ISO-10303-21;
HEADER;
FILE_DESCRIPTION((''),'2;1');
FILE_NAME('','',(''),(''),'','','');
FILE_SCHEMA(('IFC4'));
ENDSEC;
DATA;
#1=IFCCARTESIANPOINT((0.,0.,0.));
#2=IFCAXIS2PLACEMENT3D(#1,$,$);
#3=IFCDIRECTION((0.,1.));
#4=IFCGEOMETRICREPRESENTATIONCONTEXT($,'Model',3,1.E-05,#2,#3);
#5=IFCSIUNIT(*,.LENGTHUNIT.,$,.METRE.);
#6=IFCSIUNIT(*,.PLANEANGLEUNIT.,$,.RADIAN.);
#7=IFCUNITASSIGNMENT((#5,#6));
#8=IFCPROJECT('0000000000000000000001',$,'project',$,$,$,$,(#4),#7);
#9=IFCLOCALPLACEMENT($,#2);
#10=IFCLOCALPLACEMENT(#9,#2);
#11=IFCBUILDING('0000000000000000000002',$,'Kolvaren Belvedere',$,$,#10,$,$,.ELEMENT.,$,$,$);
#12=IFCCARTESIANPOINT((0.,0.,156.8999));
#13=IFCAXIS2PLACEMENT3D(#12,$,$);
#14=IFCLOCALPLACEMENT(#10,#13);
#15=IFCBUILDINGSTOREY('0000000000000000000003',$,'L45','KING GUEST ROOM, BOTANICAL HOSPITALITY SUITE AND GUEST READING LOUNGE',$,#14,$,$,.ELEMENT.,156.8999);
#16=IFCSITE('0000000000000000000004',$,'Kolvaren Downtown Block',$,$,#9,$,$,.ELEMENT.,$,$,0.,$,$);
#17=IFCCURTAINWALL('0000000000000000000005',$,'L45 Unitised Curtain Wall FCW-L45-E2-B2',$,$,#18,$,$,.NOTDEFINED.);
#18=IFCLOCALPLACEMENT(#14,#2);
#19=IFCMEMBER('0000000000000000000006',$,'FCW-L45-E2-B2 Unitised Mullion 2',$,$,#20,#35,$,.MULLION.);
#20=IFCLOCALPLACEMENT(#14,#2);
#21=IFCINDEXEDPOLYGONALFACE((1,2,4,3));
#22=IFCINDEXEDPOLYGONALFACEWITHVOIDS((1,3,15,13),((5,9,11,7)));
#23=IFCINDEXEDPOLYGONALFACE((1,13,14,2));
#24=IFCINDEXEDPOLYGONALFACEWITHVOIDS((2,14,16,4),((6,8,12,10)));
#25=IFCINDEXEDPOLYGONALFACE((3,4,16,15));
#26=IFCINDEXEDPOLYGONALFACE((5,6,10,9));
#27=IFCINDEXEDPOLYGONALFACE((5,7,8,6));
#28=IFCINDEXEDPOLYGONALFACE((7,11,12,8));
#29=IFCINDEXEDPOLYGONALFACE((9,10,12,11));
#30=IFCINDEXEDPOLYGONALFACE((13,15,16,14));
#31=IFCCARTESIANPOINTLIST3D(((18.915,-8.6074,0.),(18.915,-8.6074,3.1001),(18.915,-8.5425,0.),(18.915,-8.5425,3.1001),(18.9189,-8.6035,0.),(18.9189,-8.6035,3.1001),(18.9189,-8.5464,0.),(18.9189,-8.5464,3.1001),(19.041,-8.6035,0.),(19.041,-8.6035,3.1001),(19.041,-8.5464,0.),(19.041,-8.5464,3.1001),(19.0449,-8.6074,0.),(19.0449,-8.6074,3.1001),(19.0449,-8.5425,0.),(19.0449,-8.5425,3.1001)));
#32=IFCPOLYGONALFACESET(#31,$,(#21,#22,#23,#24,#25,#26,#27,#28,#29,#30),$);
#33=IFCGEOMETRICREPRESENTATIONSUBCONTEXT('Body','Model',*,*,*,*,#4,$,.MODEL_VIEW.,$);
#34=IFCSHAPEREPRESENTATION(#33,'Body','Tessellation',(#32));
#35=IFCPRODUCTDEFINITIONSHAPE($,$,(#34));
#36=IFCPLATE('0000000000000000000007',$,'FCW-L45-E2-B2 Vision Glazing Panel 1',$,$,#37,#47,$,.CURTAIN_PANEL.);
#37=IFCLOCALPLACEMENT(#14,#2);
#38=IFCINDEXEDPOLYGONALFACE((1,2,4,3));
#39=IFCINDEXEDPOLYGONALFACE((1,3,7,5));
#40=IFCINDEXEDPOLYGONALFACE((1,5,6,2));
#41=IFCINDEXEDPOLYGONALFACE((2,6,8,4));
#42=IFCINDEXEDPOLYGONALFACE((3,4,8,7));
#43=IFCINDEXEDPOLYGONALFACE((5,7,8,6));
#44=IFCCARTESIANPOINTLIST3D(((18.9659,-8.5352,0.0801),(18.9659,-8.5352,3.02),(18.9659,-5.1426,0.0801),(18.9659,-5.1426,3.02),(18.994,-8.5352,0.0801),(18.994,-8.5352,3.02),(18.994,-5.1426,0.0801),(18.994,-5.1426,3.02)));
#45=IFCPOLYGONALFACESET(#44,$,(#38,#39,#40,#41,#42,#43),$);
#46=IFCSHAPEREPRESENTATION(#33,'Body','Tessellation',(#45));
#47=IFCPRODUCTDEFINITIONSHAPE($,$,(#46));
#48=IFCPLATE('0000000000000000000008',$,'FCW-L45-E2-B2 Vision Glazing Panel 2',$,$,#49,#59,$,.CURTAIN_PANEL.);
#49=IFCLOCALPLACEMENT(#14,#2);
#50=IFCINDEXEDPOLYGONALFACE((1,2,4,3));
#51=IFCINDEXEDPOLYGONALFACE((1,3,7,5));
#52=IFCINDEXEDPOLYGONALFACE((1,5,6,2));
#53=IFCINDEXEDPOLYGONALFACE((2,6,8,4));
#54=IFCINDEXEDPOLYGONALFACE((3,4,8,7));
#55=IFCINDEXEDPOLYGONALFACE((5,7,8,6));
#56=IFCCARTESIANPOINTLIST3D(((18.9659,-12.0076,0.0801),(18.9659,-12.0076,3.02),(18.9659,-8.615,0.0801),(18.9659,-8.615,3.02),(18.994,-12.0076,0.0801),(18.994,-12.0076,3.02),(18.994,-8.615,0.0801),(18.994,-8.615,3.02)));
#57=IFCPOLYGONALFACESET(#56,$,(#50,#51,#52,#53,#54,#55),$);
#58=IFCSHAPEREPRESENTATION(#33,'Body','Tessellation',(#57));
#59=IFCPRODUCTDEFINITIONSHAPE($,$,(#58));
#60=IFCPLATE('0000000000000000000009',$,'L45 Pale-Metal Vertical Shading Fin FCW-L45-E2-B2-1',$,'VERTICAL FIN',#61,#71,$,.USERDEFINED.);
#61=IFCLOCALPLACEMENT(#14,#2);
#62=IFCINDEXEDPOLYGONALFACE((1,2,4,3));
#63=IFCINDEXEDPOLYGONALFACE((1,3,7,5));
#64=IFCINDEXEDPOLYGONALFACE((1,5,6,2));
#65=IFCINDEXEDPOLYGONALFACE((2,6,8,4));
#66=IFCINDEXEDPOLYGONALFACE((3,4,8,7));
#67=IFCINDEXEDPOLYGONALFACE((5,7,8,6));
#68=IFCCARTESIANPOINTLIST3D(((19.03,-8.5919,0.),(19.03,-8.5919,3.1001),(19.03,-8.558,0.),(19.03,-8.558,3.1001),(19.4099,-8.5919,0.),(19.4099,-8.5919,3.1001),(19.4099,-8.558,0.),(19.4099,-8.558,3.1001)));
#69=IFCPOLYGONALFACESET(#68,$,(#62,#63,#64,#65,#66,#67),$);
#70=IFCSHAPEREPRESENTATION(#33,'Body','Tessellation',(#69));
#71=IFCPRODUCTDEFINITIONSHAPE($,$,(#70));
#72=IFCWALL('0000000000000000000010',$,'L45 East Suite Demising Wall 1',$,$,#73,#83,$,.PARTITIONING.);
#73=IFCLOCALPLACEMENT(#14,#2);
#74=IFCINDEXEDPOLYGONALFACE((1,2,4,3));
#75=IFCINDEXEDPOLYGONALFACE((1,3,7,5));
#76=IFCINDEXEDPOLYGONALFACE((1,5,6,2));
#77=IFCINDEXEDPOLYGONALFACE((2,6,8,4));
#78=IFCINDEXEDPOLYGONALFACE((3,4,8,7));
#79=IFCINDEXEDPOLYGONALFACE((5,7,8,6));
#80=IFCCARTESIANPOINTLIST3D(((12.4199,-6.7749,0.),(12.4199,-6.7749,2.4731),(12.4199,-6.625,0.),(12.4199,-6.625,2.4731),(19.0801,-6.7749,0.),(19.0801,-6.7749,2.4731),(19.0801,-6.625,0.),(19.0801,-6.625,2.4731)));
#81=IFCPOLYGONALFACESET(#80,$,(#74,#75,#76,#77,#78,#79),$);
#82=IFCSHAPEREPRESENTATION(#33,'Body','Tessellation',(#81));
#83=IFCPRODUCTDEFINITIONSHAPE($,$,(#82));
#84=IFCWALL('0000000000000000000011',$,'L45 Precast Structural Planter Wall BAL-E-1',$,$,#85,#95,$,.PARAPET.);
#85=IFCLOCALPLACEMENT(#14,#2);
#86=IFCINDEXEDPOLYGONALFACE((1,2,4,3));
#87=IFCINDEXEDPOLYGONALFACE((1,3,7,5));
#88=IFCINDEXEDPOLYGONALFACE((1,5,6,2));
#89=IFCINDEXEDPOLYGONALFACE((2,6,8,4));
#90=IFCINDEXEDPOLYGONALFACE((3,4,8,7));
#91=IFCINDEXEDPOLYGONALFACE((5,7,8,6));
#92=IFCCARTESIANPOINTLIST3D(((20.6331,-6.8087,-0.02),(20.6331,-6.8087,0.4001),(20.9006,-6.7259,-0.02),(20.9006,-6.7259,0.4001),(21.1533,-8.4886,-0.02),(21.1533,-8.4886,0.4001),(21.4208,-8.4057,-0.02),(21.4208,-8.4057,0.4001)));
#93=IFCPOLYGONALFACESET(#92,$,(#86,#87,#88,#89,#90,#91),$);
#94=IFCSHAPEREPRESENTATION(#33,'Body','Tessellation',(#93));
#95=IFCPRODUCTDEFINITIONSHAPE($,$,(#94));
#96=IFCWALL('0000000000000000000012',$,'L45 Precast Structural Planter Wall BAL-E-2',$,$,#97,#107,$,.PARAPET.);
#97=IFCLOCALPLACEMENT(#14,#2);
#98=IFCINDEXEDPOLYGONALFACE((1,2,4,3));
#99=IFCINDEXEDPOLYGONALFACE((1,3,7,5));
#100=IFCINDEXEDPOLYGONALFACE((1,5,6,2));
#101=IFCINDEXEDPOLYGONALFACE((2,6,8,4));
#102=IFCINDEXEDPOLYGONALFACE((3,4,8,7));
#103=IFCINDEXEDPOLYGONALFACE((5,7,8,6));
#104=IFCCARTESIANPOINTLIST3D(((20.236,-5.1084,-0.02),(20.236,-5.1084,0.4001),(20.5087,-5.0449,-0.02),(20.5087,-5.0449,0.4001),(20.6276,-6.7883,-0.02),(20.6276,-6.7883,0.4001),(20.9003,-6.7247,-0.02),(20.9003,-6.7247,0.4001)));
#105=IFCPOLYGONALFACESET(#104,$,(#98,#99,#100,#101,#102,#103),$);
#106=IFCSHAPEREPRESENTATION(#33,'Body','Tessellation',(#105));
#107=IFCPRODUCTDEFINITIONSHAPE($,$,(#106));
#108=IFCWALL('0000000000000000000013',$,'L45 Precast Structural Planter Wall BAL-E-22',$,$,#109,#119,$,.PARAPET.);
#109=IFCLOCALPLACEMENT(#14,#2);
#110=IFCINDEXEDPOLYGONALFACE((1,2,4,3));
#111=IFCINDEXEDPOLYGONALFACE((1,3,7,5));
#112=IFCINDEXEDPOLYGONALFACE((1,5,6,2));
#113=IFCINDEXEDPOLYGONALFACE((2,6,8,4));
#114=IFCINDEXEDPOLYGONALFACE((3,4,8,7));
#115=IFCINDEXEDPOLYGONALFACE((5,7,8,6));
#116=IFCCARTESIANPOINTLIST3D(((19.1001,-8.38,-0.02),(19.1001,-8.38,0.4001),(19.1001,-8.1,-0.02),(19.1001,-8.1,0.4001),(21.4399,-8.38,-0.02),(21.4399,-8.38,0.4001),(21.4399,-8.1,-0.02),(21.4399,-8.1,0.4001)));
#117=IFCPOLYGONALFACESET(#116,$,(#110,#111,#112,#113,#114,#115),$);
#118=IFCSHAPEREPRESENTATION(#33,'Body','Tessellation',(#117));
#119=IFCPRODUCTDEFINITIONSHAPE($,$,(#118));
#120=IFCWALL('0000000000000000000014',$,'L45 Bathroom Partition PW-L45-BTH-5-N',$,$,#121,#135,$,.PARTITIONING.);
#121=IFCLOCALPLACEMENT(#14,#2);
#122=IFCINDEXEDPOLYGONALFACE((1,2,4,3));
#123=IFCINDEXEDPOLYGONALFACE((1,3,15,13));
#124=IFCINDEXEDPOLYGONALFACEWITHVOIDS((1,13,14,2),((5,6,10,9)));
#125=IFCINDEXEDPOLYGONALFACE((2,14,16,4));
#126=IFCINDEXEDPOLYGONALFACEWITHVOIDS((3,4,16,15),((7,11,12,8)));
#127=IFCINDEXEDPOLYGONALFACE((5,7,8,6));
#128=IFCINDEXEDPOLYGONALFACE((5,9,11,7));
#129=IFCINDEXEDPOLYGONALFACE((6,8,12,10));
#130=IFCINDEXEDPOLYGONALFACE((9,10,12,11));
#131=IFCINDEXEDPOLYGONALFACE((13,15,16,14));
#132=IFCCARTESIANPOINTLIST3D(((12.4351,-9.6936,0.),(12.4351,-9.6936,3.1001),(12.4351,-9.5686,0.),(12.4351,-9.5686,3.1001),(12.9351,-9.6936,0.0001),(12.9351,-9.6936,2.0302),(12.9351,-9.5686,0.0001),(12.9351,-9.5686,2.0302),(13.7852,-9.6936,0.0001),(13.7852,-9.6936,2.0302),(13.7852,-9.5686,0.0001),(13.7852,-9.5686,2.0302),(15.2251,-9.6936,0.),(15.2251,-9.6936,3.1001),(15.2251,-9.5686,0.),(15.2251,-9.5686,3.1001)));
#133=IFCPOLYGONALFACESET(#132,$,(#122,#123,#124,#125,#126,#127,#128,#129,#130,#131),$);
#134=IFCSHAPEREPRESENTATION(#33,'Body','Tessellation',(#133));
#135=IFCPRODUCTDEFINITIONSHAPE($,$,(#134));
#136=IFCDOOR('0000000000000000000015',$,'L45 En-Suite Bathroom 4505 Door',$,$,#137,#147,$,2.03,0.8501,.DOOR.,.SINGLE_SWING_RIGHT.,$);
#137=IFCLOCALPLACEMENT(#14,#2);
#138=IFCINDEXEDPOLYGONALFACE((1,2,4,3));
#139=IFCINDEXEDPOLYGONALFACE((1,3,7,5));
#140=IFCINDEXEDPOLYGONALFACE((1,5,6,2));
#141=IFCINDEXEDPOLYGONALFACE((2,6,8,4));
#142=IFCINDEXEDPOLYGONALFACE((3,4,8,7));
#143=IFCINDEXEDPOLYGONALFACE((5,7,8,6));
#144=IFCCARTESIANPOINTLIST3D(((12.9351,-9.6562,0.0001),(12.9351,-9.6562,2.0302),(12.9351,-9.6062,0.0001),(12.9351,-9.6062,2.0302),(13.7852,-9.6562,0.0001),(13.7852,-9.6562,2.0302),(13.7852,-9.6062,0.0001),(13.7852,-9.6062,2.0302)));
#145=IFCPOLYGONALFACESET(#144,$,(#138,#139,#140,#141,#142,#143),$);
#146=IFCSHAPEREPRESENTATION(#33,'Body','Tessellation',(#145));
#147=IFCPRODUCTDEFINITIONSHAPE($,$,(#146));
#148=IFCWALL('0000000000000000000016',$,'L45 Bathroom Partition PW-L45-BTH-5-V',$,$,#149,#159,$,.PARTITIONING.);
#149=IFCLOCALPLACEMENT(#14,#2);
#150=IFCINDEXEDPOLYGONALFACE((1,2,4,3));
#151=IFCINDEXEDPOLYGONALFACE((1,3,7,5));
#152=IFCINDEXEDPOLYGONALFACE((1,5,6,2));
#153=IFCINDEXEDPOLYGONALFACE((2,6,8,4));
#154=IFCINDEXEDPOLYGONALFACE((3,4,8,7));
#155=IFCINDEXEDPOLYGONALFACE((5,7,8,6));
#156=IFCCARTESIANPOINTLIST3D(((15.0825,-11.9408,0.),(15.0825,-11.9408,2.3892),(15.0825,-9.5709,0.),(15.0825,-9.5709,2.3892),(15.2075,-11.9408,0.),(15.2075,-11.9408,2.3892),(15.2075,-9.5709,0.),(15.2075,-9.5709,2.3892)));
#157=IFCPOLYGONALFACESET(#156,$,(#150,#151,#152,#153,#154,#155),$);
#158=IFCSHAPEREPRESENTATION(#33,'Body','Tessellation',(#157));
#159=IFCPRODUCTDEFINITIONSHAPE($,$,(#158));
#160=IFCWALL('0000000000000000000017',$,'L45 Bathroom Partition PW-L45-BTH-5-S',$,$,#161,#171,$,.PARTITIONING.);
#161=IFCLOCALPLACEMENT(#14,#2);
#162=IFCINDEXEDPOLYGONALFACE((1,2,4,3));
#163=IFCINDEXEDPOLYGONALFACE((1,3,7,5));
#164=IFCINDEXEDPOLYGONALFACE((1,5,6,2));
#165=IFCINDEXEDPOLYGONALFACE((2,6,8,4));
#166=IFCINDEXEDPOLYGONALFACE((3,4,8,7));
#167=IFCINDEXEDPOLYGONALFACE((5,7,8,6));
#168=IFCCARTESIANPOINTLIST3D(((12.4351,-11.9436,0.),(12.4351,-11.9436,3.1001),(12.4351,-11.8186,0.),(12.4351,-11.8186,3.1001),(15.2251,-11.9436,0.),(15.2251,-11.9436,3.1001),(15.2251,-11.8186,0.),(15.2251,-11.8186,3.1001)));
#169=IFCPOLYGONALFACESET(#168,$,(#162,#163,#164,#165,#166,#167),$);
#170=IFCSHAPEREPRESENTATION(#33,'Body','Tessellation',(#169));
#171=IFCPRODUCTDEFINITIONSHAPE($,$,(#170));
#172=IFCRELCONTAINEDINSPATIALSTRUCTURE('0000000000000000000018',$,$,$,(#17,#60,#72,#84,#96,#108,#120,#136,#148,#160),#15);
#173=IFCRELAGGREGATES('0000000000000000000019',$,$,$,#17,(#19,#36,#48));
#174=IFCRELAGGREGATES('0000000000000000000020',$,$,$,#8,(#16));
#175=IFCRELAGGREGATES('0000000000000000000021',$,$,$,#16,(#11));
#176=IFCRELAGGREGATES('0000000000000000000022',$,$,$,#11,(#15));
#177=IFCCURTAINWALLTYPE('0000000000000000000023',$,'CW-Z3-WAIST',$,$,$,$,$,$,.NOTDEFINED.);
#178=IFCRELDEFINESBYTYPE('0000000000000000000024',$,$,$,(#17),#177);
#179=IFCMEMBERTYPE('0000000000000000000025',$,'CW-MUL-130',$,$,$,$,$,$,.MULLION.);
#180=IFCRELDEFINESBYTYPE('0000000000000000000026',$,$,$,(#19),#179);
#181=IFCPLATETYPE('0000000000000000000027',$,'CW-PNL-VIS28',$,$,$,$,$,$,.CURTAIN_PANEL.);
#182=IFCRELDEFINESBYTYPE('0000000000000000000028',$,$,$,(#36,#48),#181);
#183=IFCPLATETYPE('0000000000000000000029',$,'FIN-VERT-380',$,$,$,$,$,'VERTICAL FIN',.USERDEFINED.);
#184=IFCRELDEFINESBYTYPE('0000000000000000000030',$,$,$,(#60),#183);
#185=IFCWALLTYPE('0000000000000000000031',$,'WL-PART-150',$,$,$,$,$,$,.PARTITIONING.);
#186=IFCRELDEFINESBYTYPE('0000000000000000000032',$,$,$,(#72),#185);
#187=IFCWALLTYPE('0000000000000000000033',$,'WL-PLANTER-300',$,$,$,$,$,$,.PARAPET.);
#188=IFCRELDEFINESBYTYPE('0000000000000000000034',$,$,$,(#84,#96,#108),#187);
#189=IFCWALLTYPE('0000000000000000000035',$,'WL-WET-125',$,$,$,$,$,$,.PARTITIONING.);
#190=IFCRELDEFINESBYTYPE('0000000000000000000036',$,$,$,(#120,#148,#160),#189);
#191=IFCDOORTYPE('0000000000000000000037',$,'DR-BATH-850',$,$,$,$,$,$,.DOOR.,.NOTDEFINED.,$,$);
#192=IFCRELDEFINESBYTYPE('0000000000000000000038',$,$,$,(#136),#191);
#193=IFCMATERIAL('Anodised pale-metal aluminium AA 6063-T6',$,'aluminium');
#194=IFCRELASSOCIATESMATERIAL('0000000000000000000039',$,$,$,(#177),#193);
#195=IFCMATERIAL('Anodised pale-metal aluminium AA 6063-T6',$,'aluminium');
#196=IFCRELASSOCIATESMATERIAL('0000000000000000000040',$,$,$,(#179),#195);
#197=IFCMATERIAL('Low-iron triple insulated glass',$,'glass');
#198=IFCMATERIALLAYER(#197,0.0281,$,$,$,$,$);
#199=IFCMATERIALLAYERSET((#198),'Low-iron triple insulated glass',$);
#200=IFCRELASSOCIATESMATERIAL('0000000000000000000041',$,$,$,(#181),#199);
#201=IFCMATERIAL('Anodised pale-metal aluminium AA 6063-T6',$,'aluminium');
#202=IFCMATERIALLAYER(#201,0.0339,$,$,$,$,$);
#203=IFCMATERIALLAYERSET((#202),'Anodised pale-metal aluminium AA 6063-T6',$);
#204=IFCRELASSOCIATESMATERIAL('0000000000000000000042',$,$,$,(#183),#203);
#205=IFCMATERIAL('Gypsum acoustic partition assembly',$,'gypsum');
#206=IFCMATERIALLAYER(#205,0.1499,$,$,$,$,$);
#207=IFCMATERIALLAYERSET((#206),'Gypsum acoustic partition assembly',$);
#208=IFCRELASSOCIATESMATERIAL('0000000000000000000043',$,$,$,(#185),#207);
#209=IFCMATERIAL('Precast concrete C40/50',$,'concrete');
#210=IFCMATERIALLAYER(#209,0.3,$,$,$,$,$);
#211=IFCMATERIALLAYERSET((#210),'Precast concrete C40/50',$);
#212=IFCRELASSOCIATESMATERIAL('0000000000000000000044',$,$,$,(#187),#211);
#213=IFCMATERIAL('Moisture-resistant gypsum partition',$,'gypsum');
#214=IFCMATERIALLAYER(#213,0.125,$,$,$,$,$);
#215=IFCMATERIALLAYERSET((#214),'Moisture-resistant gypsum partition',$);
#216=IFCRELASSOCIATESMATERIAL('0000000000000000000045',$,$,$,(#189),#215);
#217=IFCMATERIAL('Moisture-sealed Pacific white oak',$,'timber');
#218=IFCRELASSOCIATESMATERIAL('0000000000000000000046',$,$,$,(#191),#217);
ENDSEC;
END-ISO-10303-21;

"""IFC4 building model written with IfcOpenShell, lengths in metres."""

from ifc_helpers import new_model, si_unit, direction, frame, frame_2d, origin, origin_2d, place, context, subcontext, project, spatial, rectangle, hollow_rectangle, extrude, material, layer, layer_set, material_profile, profile_set, type_object, element, fill, aggregate, save


model = new_model("IFC4")

# Units and contexts
model_context = context("Model", 3, precision=1e-05, world=origin(), true_north=direction((0.0, 1.0)))
body_context = subcontext(model_context, "Body", "Model", "MODEL_VIEW")
ifc_project = project(units=[si_unit("LENGTHUNIT", "METRE"), si_unit("PLANEANGLEUNIT", "RADIAN")], contexts=[model_context])

# Site, building, storey
site_placement = place(None, origin())
site = spatial("IfcSite", under=ifc_project, at=site_placement, Name="Kolvaren Downtown Block", CompositionType="ELEMENT", RefElevation=0.0)
building_placement = place(site_placement, origin())
building = spatial("IfcBuilding", under=site, at=building_placement, Name="Kolvaren Belvedere", CompositionType="ELEMENT")
storey_placement = place(building_placement, frame((0.0, 0.0, 156.8999)))
storey = spatial("IfcBuildingStorey", under=building, at=storey_placement, Name="L45", Description="KING GUEST ROOM, BOTANICAL HOSPITALITY SUITE AND GUEST READING LOUNGE", CompositionType="ELEMENT", Elevation=156.8999)

# Curtain wall, member, plates
ifc_material_1 = material(Name="Anodised pale-metal aluminium AA 6063-T6", Category="aluminium")
curtain_wall_type = type_object("IfcCurtainWallType", Name="CW-Z3-WAIST", PredefinedType="NOTDEFINED", material=ifc_material_1)
curtain_wall_placement = place(storey_placement, origin())
curtain_wall = element("IfcCurtainWall", 1, at=curtain_wall_placement, inside=storey, type_object=curtain_wall_type, Name="L45 Unitised Curtain Wall FCW-L45-E2-B2", PredefinedType="NOTDEFINED")
ifc_material_2 = material(Name="Anodised pale-metal aluminium AA 6063-T6", Category="aluminium")
ifc_material_profile = material_profile(ifc_material_2, hollow_rectangle(XDim=0.0649, YDim=0.1299, WallThickness=0.0039, at=origin_2d()), Name="ALU-MUL-130X65")
ifc_profile_set = profile_set([ifc_material_profile], Name="Anodised pale-metal aluminium AA 6063-T6")
member_type = type_object("IfcMemberType", Name="CW-MUL-130", PredefinedType="MULLION", material=ifc_profile_set)
member_placement = place(storey_placement, frame((18.98, -8.575, 0.0), z_axis=(0.0, 0.0, 1.0), x_axis=(0.0, 1.0, 0.0)))
member = element("IfcMember", 2, at=member_placement, type_object=member_type, Name="FCW-L45-E2-B2 Unitised Mullion 2", PredefinedType="MULLION", context=body_context, shape_type="SweptSolid", body=[
    extrude(hollow_rectangle(XDim=0.0649, YDim=0.1299, WallThickness=0.0039, at=origin_2d()), origin(), (0.0, 0.0, 1.0), 3.1001),
])
ifc_material_3 = material(Name="Low-iron triple insulated glass", Category="glass")
ifc_layer_1 = layer(ifc_material_3, 0.0281)
ifc_layer_set_1 = layer_set([ifc_layer_1], Name="Low-iron triple insulated glass")
plate_type_1 = type_object("IfcPlateType", Name="CW-PNL-VIS28", PredefinedType="CURTAIN_PANEL", material=ifc_layer_set_1)
plate_1_placement = place(storey_placement, frame((18.98, -6.8389, 0.0801), z_axis=(0.0, 0.0, 1.0), x_axis=(0.0, -1.0, 0.0)))
plate_1 = element("IfcPlate", 3, at=plate_1_placement, type_object=plate_type_1, Name="FCW-L45-E2-B2 Vision Glazing Panel 1", PredefinedType="CURTAIN_PANEL", context=body_context, shape_type="SweptSolid", body=[
    extrude(rectangle(XDim=3.3926, YDim=0.0281, at=origin_2d()), origin(), (0.0, 0.0, 1.0), 2.9399),
])
plate_2_placement = place(storey_placement, frame((18.98, -10.3113, 0.0801), z_axis=(0.0, 0.0, 1.0), x_axis=(0.0, -1.0, 0.0)))
plate_2 = element("IfcPlate", 4, at=plate_2_placement, type_object=plate_type_1, Name="FCW-L45-E2-B2 Vision Glazing Panel 2", PredefinedType="CURTAIN_PANEL", context=body_context, shape_type="SweptSolid", body=[
    extrude(rectangle(XDim=3.3926, YDim=0.0281, at=origin_2d()), origin(), (0.0, 0.0, 1.0), 2.9399),
])
aggregate(curtain_wall, [member, plate_1, plate_2])

# Plate
ifc_material_4 = material(Name="Anodised pale-metal aluminium AA 6063-T6", Category="aluminium")
ifc_layer_2 = layer(ifc_material_4, 0.0339)
ifc_layer_set_2 = layer_set([ifc_layer_2], Name="Anodised pale-metal aluminium AA 6063-T6")
plate_type_2 = type_object("IfcPlateType", Name="FIN-VERT-380", ElementType="VERTICAL FIN", PredefinedType="USERDEFINED", material=ifc_layer_set_2)
plate_3_placement = place(storey_placement, frame((19.22, -8.575, 0.0), z_axis=(0.0, 0.0, 1.0), x_axis=(1.0, 0.0, 0.0)))
element("IfcPlate", 5, at=plate_3_placement, inside=storey, type_object=plate_type_2, Name="L45 Pale-Metal Vertical Shading Fin FCW-L45-E2-B2-1", ObjectType="VERTICAL FIN", PredefinedType="USERDEFINED", context=body_context, shape_type="SweptSolid", body=[
    extrude(rectangle(XDim=0.3799, YDim=0.0339, at=origin_2d()), origin(), (0.0, 0.0, 1.0), 3.1001),
])

# Walls
ifc_material_5 = material(Name="Gypsum acoustic partition assembly", Category="gypsum")
ifc_layer_3 = layer(ifc_material_5, 0.1499)
ifc_layer_set_3 = layer_set([ifc_layer_3], Name="Gypsum acoustic partition assembly")
wall_type_1 = type_object("IfcWallType", Name="WL-PART-150", PredefinedType="PARTITIONING", material=ifc_layer_set_3)
wall_1_placement = place(storey_placement, frame((12.4199, -6.7, 0.0), z_axis=(0.0, 0.0, 1.0), x_axis=(1.0, 0.0, 0.0)))
element("IfcWall", 6, at=wall_1_placement, inside=storey, type_object=wall_type_1, Name="L45 East Suite Demising Wall 1", PredefinedType="PARTITIONING", context=body_context, shape_type="SweptSolid", body=[
    extrude(rectangle(XDim=6.6602, YDim=0.1499, at=frame_2d((3.3301, 0.0))), origin(), (0.0, 0.0, 1.0), 2.4731),
])
ifc_material_6 = material(Name="Precast concrete C40/50", Category="concrete")
ifc_layer_4 = layer(ifc_material_6, 0.3)
ifc_layer_set_4 = layer_set([ifc_layer_4], Name="Precast concrete C40/50")
wall_type_2 = type_object("IfcWallType", Name="WL-PLANTER-300", PredefinedType="PARAPET", material=ifc_layer_set_4)
wall_2_placement = place(storey_placement, frame((21.2871, -8.4473, -0.02), z_axis=(0.0, 0.0, 1.0), x_axis=(-0.295832, 0.95524, 0.0)))
element("IfcWall", 7, at=wall_2_placement, inside=storey, type_object=wall_type_2, Name="L45 Precast Structural Planter Wall BAL-E-1", PredefinedType="PARAPET", context=body_context, shape_type="SweptSolid", body=[
    extrude(rectangle(XDim=1.7585, YDim=0.28, at=frame_2d((0.8794, 0.0))), origin(), (0.0, 0.0, 1.0), 0.4202),
])
wall_3_placement = place(storey_placement, frame((20.7639, -6.7563, -0.02), z_axis=(0.0, 0.0, 1.0), x_axis=(-0.227019, 0.97389, 0.0)))
element("IfcWall", 8, at=wall_3_placement, inside=storey, type_object=wall_type_2, Name="L45 Precast Structural Planter Wall BAL-E-2", PredefinedType="PARAPET", context=body_context, shape_type="SweptSolid", body=[
    extrude(rectangle(XDim=1.7249, YDim=0.28, at=frame_2d((0.8623, 0.0))), origin(), (0.0, 0.0, 1.0), 0.4202),
])
wall_4_placement = place(storey_placement, frame((19.1001, -8.24, -0.02), z_axis=(0.0, 0.0, 1.0), x_axis=(1.0, 0.0, 0.0)))
element("IfcWall", 9, at=wall_4_placement, inside=storey, type_object=wall_type_2, Name="L45 Precast Structural Planter Wall BAL-E-22", PredefinedType="PARAPET", context=body_context, shape_type="SweptSolid", body=[
    extrude(rectangle(XDim=2.3398, YDim=0.28, at=frame_2d((1.1699, 0.0))), origin(), (0.0, 0.0, 1.0), 0.4202),
])

# Wall, opening, door
ifc_material_7 = material(Name="Moisture-resistant gypsum partition", Category="gypsum")
ifc_layer_5 = layer(ifc_material_7, 0.125)
ifc_layer_set_5 = layer_set([ifc_layer_5], Name="Moisture-resistant gypsum partition")
wall_type_3 = type_object("IfcWallType", Name="WL-WET-125", PredefinedType="PARTITIONING", material=ifc_layer_set_5)
wall_5_placement = place(storey_placement, frame((12.4351, -9.6311, 0.0), z_axis=(0.0, 0.0, 1.0), x_axis=(1.0, 0.0, 0.0)))
wall_5 = element("IfcWall", 10, at=wall_5_placement, inside=storey, type_object=wall_type_3, Name="L45 Bathroom Partition PW-L45-BTH-5-N", PredefinedType="PARTITIONING", context=body_context, shape_type="SweptSolid", body=[
    extrude(rectangle(XDim=2.79, YDim=0.125, at=frame_2d((1.395, 0.0))), origin(), (0.0, 0.0, 1.0), 3.1001),
])
opening_placement = place(wall_5_placement, frame((0.5, 0.0, 0.0)))
opening = element("IfcOpeningElement", 11, at=opening_placement, cuts=wall_5, PredefinedType="OPENING", context=body_context, shape_type="SweptSolid", body=[
    extrude(rectangle(XDim=0.8501, YDim=2.03, at=frame_2d((0.425, 1.0151))), frame((0.0, 0.0725, 0.0), z_axis=(0.0, -1.0, 0.0), x_axis=(1.0, 0.0, 0.0)), (0.0, 0.0, 1.0), 0.145),
])
ifc_material_8 = material(Name="Moisture-sealed Pacific white oak", Category="timber")
door_type = type_object("IfcDoorType", Name="DR-BATH-850", OperationType="NOTDEFINED", PredefinedType="DOOR", material=ifc_material_8)
door_placement = place(opening_placement, origin())
door = element("IfcDoor", 12, at=door_placement, inside=storey, type_object=door_type, Name="L45 En-Suite Bathroom 4505 Door", OperationType="SINGLE_SWING_RIGHT", OverallHeight=2.03, OverallWidth=0.8501, PredefinedType="DOOR", context=body_context, shape_type="SweptSolid", body=[
    extrude(rectangle(XDim=0.8501, YDim=2.03, at=frame_2d((0.425, 1.0151))), frame((0.0, 0.0249, 0.0), z_axis=(0.0, -1.0, 0.0), x_axis=(1.0, 0.0, 0.0)), (0.0, 0.0, 1.0), 0.05),
])
fill(opening, door)

# Walls
wall_6_placement = place(storey_placement, frame((15.145, -11.9409, 0.0), z_axis=(0.0, 0.0, 1.0), x_axis=(0.0, 1.0, 0.0)))
element("IfcWall", 13, at=wall_6_placement, inside=storey, type_object=wall_type_3, Name="L45 Bathroom Partition PW-L45-BTH-5-V", PredefinedType="PARTITIONING", context=body_context, shape_type="SweptSolid", body=[
    extrude(rectangle(XDim=2.3699, YDim=0.125, at=frame_2d((1.1851, 0.0))), origin(), (0.0, 0.0, 1.0), 2.3892),
])
wall_7_placement = place(storey_placement, frame((12.4351, -11.8811, 0.0), z_axis=(0.0, 0.0, 1.0), x_axis=(1.0, 0.0, 0.0)))
element("IfcWall", 14, at=wall_7_placement, inside=storey, type_object=wall_type_3, Name="L45 Bathroom Partition PW-L45-BTH-5-S", PredefinedType="PARTITIONING", context=body_context, shape_type="SweptSolid", body=[
    extrude(rectangle(XDim=2.79, YDim=0.125, at=frame_2d((1.395, 0.0))), origin(), (0.0, 0.0, 1.0), 3.1001),
])

save(model, "model.ifc")
